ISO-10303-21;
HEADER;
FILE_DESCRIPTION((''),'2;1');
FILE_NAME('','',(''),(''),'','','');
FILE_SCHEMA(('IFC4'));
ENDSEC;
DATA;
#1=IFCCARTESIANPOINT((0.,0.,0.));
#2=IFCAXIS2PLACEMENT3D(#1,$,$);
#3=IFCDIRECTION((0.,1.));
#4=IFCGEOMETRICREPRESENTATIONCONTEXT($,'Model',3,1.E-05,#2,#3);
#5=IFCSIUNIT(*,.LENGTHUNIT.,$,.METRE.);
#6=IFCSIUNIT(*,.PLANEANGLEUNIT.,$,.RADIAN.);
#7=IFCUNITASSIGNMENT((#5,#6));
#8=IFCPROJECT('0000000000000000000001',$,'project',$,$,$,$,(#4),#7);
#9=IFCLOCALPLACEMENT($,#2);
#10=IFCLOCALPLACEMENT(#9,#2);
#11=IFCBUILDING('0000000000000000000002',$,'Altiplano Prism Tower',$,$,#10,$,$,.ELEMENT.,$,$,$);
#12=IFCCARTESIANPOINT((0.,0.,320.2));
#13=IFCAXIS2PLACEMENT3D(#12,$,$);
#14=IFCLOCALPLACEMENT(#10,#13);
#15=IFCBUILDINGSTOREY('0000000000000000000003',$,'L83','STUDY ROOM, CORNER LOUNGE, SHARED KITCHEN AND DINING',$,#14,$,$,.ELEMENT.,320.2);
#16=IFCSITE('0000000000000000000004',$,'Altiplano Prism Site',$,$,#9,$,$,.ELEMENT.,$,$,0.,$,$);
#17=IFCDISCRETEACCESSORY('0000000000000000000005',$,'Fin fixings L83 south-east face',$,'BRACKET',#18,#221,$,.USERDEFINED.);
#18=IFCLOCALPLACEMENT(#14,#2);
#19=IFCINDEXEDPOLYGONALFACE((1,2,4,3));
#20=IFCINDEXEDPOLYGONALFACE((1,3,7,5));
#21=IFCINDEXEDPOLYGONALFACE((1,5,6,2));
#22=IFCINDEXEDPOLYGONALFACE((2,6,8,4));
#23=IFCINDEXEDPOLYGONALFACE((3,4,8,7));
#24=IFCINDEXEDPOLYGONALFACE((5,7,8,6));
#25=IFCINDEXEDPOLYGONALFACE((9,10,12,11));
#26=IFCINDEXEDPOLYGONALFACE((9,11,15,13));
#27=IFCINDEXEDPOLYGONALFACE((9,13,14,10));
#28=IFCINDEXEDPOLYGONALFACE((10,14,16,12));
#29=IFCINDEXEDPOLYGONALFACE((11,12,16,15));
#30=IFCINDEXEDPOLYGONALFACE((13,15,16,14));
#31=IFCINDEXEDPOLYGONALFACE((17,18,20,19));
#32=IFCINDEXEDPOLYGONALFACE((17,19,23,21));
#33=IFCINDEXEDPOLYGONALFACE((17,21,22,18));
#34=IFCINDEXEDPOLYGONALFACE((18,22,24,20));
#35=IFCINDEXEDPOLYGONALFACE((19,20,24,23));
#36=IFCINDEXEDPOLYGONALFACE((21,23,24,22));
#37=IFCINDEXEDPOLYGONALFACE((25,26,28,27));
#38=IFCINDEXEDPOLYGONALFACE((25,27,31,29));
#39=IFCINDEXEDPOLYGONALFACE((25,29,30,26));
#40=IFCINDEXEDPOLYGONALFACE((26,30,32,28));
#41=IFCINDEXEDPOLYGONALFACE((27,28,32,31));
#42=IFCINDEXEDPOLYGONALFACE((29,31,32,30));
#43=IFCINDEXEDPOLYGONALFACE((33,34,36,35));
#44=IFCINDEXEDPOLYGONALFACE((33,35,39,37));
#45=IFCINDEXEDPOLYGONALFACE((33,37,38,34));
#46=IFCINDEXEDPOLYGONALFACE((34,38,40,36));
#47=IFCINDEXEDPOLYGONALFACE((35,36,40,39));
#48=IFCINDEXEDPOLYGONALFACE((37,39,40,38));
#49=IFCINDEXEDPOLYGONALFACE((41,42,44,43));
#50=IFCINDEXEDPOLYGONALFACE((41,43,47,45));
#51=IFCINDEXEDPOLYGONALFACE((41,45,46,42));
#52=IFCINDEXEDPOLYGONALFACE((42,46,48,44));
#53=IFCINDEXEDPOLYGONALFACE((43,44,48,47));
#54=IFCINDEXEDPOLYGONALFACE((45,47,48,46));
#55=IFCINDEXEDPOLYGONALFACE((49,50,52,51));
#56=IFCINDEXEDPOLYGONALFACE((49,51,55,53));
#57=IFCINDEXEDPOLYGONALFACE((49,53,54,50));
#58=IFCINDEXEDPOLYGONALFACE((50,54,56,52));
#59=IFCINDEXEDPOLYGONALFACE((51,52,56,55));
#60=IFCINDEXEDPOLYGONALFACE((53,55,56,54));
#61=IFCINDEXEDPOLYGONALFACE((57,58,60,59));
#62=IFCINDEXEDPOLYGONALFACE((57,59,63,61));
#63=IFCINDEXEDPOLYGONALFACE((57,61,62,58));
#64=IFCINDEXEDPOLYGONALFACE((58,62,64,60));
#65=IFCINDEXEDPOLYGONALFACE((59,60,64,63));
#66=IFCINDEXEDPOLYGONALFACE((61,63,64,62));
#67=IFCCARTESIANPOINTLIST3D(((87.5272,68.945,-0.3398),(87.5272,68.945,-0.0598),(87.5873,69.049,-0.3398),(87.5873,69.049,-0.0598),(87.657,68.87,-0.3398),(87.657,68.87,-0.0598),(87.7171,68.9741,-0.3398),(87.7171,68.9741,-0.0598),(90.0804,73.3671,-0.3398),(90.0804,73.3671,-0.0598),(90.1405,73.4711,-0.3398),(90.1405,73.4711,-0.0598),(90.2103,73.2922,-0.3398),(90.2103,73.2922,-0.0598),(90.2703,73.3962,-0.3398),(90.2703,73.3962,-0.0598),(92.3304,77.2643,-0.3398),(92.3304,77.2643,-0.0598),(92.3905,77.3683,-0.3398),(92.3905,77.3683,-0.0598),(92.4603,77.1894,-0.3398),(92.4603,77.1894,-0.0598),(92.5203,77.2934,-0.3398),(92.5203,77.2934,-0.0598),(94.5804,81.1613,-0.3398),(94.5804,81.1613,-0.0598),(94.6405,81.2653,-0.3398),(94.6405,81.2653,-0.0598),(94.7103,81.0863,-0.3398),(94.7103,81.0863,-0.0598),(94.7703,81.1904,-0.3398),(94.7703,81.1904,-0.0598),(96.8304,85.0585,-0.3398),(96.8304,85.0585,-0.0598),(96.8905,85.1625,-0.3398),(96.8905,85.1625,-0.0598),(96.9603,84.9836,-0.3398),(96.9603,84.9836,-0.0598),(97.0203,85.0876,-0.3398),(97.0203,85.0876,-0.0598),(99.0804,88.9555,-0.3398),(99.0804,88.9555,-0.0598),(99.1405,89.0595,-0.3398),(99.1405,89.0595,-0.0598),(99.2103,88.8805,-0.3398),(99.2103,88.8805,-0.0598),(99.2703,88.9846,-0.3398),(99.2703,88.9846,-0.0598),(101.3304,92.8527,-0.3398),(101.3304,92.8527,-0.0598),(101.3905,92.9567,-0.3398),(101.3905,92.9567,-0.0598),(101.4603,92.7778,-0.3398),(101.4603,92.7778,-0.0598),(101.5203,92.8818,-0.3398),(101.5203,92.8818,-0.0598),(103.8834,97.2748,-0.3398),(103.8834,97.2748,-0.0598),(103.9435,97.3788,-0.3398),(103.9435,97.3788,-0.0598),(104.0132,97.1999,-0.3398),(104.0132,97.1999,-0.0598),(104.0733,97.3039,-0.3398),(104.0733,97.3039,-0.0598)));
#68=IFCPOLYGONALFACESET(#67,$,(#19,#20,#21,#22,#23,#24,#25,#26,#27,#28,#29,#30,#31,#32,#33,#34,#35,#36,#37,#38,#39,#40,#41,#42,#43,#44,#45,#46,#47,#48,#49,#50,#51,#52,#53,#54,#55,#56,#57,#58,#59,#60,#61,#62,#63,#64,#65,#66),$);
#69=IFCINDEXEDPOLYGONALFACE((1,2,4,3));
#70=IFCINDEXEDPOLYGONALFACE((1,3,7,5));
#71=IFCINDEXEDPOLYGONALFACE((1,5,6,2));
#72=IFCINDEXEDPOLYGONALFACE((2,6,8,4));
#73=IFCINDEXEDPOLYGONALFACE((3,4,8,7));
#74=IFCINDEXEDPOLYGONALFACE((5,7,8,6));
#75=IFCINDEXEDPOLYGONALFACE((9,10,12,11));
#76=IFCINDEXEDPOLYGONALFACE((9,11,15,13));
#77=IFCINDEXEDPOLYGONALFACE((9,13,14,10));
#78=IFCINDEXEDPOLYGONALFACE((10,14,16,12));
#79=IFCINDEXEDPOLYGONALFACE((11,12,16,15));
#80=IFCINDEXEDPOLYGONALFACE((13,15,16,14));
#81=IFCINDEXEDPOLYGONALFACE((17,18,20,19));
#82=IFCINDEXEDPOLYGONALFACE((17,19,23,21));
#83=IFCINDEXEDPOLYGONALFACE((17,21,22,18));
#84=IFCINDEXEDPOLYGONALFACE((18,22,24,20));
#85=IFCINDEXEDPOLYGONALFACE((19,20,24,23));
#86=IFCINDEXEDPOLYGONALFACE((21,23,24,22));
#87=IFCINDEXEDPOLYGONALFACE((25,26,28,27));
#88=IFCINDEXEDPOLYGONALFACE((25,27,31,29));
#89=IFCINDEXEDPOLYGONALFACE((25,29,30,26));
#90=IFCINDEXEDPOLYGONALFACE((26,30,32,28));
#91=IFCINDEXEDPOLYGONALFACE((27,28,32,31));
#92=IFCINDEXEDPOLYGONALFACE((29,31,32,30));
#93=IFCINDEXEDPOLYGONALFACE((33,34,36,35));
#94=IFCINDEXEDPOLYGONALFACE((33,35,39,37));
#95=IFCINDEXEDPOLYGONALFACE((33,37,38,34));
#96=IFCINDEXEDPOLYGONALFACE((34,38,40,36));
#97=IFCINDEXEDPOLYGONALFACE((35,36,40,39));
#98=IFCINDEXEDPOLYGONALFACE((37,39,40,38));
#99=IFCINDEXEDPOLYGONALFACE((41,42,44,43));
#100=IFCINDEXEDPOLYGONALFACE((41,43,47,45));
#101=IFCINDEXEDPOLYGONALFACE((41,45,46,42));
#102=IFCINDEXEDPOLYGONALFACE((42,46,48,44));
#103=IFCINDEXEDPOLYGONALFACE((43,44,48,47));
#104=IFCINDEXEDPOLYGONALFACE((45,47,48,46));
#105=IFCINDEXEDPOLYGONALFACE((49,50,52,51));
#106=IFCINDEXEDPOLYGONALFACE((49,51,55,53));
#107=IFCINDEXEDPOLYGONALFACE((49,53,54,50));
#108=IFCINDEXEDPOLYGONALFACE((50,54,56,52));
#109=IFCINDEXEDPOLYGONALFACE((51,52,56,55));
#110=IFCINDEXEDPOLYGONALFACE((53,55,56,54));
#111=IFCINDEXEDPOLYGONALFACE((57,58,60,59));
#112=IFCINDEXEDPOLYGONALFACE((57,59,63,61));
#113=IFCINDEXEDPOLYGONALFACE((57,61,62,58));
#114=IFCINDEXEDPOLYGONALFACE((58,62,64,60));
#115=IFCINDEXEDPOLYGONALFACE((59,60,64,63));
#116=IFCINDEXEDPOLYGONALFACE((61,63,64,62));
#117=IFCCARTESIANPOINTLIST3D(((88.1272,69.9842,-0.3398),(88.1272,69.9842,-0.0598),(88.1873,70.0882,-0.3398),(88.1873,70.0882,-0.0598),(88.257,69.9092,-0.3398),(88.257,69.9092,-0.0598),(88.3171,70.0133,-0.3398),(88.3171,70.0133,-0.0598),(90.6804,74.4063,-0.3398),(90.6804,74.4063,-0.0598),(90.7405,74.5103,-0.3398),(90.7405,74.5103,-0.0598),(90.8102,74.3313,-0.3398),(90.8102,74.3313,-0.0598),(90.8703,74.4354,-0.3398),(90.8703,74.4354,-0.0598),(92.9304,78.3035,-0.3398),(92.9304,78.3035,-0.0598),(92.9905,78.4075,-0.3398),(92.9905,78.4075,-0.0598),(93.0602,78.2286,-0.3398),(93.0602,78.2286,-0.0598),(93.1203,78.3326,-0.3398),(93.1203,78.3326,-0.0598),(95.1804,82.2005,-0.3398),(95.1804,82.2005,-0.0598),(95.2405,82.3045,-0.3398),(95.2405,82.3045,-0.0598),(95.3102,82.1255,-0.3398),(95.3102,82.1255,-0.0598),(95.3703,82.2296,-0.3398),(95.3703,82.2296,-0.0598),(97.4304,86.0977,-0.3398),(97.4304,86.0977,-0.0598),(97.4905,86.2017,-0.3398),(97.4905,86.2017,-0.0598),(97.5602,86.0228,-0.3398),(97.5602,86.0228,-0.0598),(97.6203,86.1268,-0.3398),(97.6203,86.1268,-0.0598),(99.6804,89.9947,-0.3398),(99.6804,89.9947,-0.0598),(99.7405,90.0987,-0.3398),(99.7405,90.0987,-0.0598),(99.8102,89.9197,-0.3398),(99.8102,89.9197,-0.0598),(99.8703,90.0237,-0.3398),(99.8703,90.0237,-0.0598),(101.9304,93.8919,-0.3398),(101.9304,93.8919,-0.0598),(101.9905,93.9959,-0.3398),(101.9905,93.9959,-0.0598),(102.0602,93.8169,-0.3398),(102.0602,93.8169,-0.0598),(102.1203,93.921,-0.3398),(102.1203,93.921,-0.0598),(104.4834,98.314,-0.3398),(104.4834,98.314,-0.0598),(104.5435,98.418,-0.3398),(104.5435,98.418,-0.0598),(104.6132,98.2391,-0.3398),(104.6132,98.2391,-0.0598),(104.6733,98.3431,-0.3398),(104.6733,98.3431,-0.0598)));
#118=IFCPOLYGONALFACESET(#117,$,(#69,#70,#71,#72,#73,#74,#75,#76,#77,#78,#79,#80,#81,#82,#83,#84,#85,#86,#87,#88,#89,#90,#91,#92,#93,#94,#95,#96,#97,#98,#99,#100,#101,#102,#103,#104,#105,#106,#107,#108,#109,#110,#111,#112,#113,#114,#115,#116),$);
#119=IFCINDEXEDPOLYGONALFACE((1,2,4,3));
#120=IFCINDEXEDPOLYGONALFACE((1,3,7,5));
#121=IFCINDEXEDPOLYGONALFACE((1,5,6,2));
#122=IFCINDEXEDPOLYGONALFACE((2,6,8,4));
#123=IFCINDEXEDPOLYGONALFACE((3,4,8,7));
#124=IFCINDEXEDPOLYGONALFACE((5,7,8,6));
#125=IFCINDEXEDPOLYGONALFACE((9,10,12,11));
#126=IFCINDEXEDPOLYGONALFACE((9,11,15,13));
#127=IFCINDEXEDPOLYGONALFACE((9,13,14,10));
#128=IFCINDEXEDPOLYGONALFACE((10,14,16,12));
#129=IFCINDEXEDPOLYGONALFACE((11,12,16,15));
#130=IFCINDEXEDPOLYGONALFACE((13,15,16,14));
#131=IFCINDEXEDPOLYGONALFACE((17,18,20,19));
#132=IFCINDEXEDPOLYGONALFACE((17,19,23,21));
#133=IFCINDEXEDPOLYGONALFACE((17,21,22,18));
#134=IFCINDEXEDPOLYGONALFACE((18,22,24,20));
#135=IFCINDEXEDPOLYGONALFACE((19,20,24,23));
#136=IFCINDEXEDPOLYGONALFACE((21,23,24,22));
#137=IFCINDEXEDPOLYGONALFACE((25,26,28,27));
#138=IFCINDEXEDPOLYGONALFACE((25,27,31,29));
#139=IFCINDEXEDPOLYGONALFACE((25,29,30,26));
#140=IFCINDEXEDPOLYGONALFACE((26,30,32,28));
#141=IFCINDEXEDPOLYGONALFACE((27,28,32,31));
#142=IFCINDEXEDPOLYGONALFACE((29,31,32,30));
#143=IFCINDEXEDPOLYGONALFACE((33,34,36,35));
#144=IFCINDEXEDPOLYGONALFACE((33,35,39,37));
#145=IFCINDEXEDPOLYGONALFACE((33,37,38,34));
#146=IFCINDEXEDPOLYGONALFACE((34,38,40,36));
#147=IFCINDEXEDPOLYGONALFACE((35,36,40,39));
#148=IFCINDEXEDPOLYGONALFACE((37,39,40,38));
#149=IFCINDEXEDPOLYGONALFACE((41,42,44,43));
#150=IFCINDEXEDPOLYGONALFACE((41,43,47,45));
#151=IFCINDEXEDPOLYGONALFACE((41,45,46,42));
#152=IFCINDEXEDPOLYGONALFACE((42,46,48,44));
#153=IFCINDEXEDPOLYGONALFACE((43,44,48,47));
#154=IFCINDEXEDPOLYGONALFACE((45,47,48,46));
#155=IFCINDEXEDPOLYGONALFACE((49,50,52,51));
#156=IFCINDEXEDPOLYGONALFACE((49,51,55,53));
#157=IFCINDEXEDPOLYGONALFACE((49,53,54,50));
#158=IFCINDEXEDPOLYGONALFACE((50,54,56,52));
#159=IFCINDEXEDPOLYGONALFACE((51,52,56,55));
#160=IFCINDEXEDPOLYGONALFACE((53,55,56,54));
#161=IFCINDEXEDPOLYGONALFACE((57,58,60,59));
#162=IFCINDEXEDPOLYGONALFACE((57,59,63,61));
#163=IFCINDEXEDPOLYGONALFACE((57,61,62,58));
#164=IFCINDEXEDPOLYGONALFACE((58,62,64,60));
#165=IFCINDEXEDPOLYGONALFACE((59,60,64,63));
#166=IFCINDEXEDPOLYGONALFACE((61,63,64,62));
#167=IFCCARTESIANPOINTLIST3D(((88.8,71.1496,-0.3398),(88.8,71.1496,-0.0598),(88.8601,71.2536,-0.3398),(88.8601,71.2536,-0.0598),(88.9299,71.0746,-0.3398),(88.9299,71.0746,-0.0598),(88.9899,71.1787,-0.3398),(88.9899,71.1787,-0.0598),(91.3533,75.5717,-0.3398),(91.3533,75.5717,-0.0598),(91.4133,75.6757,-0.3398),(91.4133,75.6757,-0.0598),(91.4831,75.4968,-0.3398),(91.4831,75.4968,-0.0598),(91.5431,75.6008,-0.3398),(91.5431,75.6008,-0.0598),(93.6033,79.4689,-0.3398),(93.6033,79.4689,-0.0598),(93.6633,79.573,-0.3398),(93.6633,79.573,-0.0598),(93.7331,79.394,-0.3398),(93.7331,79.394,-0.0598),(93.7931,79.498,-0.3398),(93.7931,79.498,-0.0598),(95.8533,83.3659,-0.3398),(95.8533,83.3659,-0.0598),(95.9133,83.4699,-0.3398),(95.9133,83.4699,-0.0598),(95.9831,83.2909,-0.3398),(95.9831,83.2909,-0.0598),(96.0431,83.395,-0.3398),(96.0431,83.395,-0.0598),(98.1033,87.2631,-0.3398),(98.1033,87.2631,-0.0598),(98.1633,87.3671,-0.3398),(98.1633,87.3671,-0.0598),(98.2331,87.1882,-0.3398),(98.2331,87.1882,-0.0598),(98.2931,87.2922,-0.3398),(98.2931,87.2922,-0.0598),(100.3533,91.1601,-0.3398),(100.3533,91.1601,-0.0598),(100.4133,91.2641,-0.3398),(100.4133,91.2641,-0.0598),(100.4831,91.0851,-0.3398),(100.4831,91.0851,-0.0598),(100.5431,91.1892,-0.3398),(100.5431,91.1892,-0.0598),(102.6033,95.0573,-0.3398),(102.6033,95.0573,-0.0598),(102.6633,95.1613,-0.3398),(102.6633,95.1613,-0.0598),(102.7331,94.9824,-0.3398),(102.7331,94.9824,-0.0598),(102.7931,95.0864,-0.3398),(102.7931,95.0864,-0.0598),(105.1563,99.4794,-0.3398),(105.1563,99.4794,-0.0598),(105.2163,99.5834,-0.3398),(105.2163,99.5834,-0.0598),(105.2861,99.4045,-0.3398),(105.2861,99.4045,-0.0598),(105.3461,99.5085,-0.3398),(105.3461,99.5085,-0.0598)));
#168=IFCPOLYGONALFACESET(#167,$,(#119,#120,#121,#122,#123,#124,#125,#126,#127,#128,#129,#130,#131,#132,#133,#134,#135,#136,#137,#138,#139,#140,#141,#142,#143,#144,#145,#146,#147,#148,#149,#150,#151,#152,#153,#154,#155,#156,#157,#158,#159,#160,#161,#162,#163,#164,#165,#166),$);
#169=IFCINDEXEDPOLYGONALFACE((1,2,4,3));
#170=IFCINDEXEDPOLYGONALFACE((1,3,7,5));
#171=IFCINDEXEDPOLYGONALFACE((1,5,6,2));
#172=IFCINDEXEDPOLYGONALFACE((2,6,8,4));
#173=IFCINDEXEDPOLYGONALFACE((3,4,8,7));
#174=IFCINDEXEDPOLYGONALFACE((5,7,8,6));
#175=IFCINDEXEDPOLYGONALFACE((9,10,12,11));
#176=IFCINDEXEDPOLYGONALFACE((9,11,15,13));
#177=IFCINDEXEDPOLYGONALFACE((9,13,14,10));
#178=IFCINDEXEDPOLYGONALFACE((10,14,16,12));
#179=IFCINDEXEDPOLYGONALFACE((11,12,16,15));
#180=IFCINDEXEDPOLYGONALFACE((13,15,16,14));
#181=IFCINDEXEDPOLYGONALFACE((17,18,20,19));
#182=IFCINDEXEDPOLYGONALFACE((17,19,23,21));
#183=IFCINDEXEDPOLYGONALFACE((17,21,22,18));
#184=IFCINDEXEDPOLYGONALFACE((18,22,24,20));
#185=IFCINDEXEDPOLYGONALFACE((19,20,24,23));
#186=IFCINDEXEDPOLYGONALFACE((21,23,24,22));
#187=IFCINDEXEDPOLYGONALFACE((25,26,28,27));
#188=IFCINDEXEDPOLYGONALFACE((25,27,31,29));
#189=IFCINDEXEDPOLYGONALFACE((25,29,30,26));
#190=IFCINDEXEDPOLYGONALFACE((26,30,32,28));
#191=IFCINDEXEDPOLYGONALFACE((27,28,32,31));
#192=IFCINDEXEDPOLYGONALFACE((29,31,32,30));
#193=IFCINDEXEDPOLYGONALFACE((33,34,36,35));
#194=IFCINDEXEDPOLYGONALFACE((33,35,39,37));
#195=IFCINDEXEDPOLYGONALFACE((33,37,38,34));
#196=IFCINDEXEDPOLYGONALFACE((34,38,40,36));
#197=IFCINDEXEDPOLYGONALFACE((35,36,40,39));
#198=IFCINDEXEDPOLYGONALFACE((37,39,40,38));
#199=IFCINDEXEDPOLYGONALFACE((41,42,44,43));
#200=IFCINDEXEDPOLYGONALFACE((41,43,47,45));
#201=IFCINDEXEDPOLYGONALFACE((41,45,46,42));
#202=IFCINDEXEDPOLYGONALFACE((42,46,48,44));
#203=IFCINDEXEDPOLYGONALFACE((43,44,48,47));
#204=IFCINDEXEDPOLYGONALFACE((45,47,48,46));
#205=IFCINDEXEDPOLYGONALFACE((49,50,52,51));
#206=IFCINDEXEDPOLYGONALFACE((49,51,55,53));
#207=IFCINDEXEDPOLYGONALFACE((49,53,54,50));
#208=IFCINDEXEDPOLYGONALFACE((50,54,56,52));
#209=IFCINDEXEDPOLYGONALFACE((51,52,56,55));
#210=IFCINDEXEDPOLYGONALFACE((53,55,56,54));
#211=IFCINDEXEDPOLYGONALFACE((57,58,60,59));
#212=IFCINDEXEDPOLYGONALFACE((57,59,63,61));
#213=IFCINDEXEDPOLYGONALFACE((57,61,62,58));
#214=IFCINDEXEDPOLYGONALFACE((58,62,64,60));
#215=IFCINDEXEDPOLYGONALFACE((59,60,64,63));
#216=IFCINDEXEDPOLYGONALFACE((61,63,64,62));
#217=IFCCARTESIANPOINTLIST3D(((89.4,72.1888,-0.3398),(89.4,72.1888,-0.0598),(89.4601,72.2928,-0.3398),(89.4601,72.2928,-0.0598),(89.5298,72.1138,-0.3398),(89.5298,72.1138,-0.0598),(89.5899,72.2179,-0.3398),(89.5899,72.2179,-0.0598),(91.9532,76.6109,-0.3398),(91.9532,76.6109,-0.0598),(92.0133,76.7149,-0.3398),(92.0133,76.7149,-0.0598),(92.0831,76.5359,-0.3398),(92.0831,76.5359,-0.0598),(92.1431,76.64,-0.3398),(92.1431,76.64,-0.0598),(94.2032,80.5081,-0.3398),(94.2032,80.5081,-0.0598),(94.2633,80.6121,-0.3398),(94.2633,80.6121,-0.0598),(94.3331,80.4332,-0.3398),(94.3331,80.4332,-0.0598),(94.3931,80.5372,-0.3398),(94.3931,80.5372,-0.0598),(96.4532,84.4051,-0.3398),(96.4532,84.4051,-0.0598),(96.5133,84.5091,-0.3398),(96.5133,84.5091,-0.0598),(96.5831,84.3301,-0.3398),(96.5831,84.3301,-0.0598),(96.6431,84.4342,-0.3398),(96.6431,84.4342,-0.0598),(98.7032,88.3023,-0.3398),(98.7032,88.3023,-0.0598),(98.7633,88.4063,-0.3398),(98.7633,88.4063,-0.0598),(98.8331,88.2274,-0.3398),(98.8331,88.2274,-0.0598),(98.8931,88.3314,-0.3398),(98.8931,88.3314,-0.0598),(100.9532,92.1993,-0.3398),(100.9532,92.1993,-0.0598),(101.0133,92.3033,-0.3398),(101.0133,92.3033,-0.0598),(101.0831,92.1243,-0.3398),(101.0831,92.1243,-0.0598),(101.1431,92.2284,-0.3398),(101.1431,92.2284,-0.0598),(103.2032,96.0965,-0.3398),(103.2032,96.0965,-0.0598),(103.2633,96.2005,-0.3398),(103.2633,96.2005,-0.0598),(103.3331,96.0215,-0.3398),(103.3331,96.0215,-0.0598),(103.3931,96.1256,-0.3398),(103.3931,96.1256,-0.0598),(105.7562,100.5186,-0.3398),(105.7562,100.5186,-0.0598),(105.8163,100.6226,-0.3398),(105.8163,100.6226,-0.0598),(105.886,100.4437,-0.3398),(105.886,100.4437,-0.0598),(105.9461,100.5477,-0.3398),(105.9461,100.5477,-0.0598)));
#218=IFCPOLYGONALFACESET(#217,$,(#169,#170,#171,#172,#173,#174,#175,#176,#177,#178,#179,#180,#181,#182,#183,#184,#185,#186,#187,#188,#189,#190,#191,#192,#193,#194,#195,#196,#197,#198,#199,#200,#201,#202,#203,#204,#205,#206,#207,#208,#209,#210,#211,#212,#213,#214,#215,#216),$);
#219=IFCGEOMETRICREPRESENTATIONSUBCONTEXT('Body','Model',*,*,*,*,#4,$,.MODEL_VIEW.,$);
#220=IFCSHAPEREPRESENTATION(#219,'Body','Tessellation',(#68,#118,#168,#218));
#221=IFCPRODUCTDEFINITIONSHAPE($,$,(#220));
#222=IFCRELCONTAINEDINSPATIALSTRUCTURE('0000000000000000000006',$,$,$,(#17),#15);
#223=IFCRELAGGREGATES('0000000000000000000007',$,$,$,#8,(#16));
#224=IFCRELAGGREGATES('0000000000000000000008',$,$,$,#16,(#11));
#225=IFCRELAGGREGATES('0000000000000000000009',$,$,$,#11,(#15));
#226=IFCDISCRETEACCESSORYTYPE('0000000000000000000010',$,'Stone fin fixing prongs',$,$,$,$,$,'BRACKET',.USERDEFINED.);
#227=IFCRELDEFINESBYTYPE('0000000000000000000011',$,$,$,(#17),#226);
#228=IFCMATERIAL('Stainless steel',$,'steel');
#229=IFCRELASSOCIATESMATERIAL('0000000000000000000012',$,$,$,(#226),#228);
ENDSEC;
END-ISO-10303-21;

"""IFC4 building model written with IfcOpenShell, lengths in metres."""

from ifc_helpers import new_model, si_unit, direction, frame, origin, place, context, subcontext, project, spatial, polyline, outline, extrude, source, transform, mapped, material, type_object, element, save


model = new_model("IFC4")

# Units and contexts
model_context = context("Model", 3, precision=1e-05, world=origin(), true_north=direction((0.0, 1.0)))
body_context = subcontext(model_context, "Body", "Model", "MODEL_VIEW")
ifc_project = project(units=[si_unit("LENGTHUNIT", "METRE"), si_unit("PLANEANGLEUNIT", "RADIAN")], contexts=[model_context])

# Site, building, storey
site_placement = place(None, origin())
site = spatial("IfcSite", under=ifc_project, at=site_placement, Name="Altiplano Prism Site", CompositionType="ELEMENT", RefElevation=0.0)
building_placement = place(site_placement, origin())
building = spatial("IfcBuilding", under=site, at=building_placement, Name="Altiplano Prism Tower", CompositionType="ELEMENT")
storey_placement = place(building_placement, frame((0.0, 0.0, 320.2)))
storey = spatial("IfcBuildingStorey", under=building, at=storey_placement, Name="L83", Description="STUDY ROOM, CORNER LOUNGE, SHARED KITCHEN AND DINING", CompositionType="ELEMENT", Elevation=320.2)

# Discrete accessory
ifc_material_1 = material(Name="Stainless steel", Category="steel")
discrete_accessory_type = type_object("IfcDiscreteAccessoryType", Name="Stone fin fixing prongs", ElementType="BRACKET", PredefinedType="USERDEFINED", material=ifc_material_1)
shared_shape_1 = source(origin(), body_context, "Body", "SweptSolid", [
    extrude(outline(polyline([(-1.9329, 0.0601), (-1.8127, 0.0601), (-1.8127, 0.3401), (-1.9329, 0.3401), (-1.9329, 0.0601)])), frame((0.0, 0.0, 0.0), z_axis=(0.0, -1.0, 0.0), x_axis=(1.0, 0.0, 0.0)), (0.0, 0.0, 1.0), 0.1499),
    extrude(outline(polyline([(-0.7329, 0.0601), (-0.6128, 0.0601), (-0.6128, 0.3401), (-0.7329, 0.3401), (-0.7329, 0.0601)])), frame((0.0, 0.0, 0.0), z_axis=(0.0, -1.0, 0.0), x_axis=(1.0, 0.0, 0.0)), (0.0, 0.0, 1.0), 0.1499),
    extrude(outline(polyline([(0.6128, 0.0601), (0.7329, 0.0601), (0.7329, 0.3401), (0.6128, 0.3401), (0.6128, 0.0601)])), frame((0.0, 0.0, 0.0), z_axis=(0.0, -1.0, 0.0), x_axis=(1.0, 0.0, 0.0)), (0.0, 0.0, 1.0), 0.1499),
    extrude(outline(polyline([(1.8127, 0.0601), (1.9329, 0.0601), (1.9329, 0.3401), (1.8127, 0.3401), (1.8127, 0.0601)])), frame((0.0, 0.0, 0.0), z_axis=(0.0, -1.0, 0.0), x_axis=(1.0, 0.0, 0.0)), (0.0, 0.0, 1.0), 0.1499),
])
shared_shape_2 = source(origin(), body_context, "Body", "SweptSolid", [
    extrude(outline(polyline([(-1.9329, 0.0601), (-1.8127, 0.0601), (-1.8127, 0.3401), (-1.9329, 0.3401), (-1.9329, 0.0601)])), frame((0.0, 0.0, 0.0), z_axis=(0.0, -1.0, 0.0), x_axis=(1.0, 0.0, 0.0)), (0.0, 0.0, 1.0), 0.1499),
    extrude(outline(polyline([(-0.7329, 0.0601), (-0.6128, 0.0601), (-0.6128, 0.3401), (-0.7329, 0.3401), (-0.7329, 0.0601)])), frame((0.0, 0.0, 0.0), z_axis=(0.0, -1.0, 0.0), x_axis=(1.0, 0.0, 0.0)), (0.0, 0.0, 1.0), 0.1499),
    extrude(outline(polyline([(0.6128, 0.0601), (0.7329, 0.0601), (0.7329, 0.3401), (0.6128, 0.3401), (0.6128, 0.0601)])), frame((0.0, 0.0, 0.0), z_axis=(0.0, -1.0, 0.0), x_axis=(1.0, 0.0, 0.0)), (0.0, 0.0, 1.0), 0.1499),
    extrude(outline(polyline([(1.8127, 0.0601), (1.9329, 0.0601), (1.9329, 0.3401), (1.8127, 0.3401), (1.8127, 0.0601)])), frame((0.0, 0.0, 0.0), z_axis=(0.0, -1.0, 0.0), x_axis=(1.0, 0.0, 0.0)), (0.0, 0.0, 1.0), 0.1499),
])
discrete_accessory_1_placement = place(storey_placement, origin())
element("IfcDiscreteAccessory", 1, at=discrete_accessory_1_placement, inside=storey, type_object=discrete_accessory_type, Name="Fin fixings L83 south-east face", ObjectType="BRACKET", PredefinedType="USERDEFINED", context=body_context, shape_type="MappedRepresentation", body=[
    mapped(shared_shape_1, transform((88.4937, 70.6189, -0.3999), x_axis=(0.5, 0.866025, 0.0), y_axis=(-0.866025, 0.5, 0.0), z_axis=(0.0, 0.0, 1.0))),
    mapped(shared_shape_2, transform((91.0469, 75.041, -0.3999), x_axis=(0.5, 0.866025, 0.0), y_axis=(-0.866025, 0.5, 0.0), z_axis=(0.0, 0.0, 1.0))),
    mapped(shared_shape_2, transform((93.2969, 78.9382, -0.3999), x_axis=(0.5, 0.866025, 0.0), y_axis=(-0.866025, 0.5, 0.0), z_axis=(0.0, 0.0, 1.0))),
    mapped(shared_shape_2, transform((95.5469, 82.8352, -0.3999), x_axis=(0.5, 0.866025, 0.0), y_axis=(-0.866025, 0.5, 0.0), z_axis=(0.0, 0.0, 1.0))),
    mapped(shared_shape_2, transform((97.7969, 86.7324, -0.3999), x_axis=(0.5, 0.866025, 0.0), y_axis=(-0.866025, 0.5, 0.0), z_axis=(0.0, 0.0, 1.0))),
    mapped(shared_shape_2, transform((100.0469, 90.6294, -0.3999), x_axis=(0.5, 0.866025, 0.0), y_axis=(-0.866025, 0.5, 0.0), z_axis=(0.0, 0.0, 1.0))),
    mapped(shared_shape_2, transform((102.2969, 94.5266, -0.3999), x_axis=(0.5, 0.866025, 0.0), y_axis=(-0.866025, 0.5, 0.0), z_axis=(0.0, 0.0, 1.0))),
    mapped(shared_shape_1, transform((104.8499, 98.9487, -0.3999), x_axis=(0.5, 0.866025, 0.0), y_axis=(-0.866025, 0.5, 0.0), z_axis=(0.0, 0.0, 1.0))),
])

save(model, "model.ifc")
